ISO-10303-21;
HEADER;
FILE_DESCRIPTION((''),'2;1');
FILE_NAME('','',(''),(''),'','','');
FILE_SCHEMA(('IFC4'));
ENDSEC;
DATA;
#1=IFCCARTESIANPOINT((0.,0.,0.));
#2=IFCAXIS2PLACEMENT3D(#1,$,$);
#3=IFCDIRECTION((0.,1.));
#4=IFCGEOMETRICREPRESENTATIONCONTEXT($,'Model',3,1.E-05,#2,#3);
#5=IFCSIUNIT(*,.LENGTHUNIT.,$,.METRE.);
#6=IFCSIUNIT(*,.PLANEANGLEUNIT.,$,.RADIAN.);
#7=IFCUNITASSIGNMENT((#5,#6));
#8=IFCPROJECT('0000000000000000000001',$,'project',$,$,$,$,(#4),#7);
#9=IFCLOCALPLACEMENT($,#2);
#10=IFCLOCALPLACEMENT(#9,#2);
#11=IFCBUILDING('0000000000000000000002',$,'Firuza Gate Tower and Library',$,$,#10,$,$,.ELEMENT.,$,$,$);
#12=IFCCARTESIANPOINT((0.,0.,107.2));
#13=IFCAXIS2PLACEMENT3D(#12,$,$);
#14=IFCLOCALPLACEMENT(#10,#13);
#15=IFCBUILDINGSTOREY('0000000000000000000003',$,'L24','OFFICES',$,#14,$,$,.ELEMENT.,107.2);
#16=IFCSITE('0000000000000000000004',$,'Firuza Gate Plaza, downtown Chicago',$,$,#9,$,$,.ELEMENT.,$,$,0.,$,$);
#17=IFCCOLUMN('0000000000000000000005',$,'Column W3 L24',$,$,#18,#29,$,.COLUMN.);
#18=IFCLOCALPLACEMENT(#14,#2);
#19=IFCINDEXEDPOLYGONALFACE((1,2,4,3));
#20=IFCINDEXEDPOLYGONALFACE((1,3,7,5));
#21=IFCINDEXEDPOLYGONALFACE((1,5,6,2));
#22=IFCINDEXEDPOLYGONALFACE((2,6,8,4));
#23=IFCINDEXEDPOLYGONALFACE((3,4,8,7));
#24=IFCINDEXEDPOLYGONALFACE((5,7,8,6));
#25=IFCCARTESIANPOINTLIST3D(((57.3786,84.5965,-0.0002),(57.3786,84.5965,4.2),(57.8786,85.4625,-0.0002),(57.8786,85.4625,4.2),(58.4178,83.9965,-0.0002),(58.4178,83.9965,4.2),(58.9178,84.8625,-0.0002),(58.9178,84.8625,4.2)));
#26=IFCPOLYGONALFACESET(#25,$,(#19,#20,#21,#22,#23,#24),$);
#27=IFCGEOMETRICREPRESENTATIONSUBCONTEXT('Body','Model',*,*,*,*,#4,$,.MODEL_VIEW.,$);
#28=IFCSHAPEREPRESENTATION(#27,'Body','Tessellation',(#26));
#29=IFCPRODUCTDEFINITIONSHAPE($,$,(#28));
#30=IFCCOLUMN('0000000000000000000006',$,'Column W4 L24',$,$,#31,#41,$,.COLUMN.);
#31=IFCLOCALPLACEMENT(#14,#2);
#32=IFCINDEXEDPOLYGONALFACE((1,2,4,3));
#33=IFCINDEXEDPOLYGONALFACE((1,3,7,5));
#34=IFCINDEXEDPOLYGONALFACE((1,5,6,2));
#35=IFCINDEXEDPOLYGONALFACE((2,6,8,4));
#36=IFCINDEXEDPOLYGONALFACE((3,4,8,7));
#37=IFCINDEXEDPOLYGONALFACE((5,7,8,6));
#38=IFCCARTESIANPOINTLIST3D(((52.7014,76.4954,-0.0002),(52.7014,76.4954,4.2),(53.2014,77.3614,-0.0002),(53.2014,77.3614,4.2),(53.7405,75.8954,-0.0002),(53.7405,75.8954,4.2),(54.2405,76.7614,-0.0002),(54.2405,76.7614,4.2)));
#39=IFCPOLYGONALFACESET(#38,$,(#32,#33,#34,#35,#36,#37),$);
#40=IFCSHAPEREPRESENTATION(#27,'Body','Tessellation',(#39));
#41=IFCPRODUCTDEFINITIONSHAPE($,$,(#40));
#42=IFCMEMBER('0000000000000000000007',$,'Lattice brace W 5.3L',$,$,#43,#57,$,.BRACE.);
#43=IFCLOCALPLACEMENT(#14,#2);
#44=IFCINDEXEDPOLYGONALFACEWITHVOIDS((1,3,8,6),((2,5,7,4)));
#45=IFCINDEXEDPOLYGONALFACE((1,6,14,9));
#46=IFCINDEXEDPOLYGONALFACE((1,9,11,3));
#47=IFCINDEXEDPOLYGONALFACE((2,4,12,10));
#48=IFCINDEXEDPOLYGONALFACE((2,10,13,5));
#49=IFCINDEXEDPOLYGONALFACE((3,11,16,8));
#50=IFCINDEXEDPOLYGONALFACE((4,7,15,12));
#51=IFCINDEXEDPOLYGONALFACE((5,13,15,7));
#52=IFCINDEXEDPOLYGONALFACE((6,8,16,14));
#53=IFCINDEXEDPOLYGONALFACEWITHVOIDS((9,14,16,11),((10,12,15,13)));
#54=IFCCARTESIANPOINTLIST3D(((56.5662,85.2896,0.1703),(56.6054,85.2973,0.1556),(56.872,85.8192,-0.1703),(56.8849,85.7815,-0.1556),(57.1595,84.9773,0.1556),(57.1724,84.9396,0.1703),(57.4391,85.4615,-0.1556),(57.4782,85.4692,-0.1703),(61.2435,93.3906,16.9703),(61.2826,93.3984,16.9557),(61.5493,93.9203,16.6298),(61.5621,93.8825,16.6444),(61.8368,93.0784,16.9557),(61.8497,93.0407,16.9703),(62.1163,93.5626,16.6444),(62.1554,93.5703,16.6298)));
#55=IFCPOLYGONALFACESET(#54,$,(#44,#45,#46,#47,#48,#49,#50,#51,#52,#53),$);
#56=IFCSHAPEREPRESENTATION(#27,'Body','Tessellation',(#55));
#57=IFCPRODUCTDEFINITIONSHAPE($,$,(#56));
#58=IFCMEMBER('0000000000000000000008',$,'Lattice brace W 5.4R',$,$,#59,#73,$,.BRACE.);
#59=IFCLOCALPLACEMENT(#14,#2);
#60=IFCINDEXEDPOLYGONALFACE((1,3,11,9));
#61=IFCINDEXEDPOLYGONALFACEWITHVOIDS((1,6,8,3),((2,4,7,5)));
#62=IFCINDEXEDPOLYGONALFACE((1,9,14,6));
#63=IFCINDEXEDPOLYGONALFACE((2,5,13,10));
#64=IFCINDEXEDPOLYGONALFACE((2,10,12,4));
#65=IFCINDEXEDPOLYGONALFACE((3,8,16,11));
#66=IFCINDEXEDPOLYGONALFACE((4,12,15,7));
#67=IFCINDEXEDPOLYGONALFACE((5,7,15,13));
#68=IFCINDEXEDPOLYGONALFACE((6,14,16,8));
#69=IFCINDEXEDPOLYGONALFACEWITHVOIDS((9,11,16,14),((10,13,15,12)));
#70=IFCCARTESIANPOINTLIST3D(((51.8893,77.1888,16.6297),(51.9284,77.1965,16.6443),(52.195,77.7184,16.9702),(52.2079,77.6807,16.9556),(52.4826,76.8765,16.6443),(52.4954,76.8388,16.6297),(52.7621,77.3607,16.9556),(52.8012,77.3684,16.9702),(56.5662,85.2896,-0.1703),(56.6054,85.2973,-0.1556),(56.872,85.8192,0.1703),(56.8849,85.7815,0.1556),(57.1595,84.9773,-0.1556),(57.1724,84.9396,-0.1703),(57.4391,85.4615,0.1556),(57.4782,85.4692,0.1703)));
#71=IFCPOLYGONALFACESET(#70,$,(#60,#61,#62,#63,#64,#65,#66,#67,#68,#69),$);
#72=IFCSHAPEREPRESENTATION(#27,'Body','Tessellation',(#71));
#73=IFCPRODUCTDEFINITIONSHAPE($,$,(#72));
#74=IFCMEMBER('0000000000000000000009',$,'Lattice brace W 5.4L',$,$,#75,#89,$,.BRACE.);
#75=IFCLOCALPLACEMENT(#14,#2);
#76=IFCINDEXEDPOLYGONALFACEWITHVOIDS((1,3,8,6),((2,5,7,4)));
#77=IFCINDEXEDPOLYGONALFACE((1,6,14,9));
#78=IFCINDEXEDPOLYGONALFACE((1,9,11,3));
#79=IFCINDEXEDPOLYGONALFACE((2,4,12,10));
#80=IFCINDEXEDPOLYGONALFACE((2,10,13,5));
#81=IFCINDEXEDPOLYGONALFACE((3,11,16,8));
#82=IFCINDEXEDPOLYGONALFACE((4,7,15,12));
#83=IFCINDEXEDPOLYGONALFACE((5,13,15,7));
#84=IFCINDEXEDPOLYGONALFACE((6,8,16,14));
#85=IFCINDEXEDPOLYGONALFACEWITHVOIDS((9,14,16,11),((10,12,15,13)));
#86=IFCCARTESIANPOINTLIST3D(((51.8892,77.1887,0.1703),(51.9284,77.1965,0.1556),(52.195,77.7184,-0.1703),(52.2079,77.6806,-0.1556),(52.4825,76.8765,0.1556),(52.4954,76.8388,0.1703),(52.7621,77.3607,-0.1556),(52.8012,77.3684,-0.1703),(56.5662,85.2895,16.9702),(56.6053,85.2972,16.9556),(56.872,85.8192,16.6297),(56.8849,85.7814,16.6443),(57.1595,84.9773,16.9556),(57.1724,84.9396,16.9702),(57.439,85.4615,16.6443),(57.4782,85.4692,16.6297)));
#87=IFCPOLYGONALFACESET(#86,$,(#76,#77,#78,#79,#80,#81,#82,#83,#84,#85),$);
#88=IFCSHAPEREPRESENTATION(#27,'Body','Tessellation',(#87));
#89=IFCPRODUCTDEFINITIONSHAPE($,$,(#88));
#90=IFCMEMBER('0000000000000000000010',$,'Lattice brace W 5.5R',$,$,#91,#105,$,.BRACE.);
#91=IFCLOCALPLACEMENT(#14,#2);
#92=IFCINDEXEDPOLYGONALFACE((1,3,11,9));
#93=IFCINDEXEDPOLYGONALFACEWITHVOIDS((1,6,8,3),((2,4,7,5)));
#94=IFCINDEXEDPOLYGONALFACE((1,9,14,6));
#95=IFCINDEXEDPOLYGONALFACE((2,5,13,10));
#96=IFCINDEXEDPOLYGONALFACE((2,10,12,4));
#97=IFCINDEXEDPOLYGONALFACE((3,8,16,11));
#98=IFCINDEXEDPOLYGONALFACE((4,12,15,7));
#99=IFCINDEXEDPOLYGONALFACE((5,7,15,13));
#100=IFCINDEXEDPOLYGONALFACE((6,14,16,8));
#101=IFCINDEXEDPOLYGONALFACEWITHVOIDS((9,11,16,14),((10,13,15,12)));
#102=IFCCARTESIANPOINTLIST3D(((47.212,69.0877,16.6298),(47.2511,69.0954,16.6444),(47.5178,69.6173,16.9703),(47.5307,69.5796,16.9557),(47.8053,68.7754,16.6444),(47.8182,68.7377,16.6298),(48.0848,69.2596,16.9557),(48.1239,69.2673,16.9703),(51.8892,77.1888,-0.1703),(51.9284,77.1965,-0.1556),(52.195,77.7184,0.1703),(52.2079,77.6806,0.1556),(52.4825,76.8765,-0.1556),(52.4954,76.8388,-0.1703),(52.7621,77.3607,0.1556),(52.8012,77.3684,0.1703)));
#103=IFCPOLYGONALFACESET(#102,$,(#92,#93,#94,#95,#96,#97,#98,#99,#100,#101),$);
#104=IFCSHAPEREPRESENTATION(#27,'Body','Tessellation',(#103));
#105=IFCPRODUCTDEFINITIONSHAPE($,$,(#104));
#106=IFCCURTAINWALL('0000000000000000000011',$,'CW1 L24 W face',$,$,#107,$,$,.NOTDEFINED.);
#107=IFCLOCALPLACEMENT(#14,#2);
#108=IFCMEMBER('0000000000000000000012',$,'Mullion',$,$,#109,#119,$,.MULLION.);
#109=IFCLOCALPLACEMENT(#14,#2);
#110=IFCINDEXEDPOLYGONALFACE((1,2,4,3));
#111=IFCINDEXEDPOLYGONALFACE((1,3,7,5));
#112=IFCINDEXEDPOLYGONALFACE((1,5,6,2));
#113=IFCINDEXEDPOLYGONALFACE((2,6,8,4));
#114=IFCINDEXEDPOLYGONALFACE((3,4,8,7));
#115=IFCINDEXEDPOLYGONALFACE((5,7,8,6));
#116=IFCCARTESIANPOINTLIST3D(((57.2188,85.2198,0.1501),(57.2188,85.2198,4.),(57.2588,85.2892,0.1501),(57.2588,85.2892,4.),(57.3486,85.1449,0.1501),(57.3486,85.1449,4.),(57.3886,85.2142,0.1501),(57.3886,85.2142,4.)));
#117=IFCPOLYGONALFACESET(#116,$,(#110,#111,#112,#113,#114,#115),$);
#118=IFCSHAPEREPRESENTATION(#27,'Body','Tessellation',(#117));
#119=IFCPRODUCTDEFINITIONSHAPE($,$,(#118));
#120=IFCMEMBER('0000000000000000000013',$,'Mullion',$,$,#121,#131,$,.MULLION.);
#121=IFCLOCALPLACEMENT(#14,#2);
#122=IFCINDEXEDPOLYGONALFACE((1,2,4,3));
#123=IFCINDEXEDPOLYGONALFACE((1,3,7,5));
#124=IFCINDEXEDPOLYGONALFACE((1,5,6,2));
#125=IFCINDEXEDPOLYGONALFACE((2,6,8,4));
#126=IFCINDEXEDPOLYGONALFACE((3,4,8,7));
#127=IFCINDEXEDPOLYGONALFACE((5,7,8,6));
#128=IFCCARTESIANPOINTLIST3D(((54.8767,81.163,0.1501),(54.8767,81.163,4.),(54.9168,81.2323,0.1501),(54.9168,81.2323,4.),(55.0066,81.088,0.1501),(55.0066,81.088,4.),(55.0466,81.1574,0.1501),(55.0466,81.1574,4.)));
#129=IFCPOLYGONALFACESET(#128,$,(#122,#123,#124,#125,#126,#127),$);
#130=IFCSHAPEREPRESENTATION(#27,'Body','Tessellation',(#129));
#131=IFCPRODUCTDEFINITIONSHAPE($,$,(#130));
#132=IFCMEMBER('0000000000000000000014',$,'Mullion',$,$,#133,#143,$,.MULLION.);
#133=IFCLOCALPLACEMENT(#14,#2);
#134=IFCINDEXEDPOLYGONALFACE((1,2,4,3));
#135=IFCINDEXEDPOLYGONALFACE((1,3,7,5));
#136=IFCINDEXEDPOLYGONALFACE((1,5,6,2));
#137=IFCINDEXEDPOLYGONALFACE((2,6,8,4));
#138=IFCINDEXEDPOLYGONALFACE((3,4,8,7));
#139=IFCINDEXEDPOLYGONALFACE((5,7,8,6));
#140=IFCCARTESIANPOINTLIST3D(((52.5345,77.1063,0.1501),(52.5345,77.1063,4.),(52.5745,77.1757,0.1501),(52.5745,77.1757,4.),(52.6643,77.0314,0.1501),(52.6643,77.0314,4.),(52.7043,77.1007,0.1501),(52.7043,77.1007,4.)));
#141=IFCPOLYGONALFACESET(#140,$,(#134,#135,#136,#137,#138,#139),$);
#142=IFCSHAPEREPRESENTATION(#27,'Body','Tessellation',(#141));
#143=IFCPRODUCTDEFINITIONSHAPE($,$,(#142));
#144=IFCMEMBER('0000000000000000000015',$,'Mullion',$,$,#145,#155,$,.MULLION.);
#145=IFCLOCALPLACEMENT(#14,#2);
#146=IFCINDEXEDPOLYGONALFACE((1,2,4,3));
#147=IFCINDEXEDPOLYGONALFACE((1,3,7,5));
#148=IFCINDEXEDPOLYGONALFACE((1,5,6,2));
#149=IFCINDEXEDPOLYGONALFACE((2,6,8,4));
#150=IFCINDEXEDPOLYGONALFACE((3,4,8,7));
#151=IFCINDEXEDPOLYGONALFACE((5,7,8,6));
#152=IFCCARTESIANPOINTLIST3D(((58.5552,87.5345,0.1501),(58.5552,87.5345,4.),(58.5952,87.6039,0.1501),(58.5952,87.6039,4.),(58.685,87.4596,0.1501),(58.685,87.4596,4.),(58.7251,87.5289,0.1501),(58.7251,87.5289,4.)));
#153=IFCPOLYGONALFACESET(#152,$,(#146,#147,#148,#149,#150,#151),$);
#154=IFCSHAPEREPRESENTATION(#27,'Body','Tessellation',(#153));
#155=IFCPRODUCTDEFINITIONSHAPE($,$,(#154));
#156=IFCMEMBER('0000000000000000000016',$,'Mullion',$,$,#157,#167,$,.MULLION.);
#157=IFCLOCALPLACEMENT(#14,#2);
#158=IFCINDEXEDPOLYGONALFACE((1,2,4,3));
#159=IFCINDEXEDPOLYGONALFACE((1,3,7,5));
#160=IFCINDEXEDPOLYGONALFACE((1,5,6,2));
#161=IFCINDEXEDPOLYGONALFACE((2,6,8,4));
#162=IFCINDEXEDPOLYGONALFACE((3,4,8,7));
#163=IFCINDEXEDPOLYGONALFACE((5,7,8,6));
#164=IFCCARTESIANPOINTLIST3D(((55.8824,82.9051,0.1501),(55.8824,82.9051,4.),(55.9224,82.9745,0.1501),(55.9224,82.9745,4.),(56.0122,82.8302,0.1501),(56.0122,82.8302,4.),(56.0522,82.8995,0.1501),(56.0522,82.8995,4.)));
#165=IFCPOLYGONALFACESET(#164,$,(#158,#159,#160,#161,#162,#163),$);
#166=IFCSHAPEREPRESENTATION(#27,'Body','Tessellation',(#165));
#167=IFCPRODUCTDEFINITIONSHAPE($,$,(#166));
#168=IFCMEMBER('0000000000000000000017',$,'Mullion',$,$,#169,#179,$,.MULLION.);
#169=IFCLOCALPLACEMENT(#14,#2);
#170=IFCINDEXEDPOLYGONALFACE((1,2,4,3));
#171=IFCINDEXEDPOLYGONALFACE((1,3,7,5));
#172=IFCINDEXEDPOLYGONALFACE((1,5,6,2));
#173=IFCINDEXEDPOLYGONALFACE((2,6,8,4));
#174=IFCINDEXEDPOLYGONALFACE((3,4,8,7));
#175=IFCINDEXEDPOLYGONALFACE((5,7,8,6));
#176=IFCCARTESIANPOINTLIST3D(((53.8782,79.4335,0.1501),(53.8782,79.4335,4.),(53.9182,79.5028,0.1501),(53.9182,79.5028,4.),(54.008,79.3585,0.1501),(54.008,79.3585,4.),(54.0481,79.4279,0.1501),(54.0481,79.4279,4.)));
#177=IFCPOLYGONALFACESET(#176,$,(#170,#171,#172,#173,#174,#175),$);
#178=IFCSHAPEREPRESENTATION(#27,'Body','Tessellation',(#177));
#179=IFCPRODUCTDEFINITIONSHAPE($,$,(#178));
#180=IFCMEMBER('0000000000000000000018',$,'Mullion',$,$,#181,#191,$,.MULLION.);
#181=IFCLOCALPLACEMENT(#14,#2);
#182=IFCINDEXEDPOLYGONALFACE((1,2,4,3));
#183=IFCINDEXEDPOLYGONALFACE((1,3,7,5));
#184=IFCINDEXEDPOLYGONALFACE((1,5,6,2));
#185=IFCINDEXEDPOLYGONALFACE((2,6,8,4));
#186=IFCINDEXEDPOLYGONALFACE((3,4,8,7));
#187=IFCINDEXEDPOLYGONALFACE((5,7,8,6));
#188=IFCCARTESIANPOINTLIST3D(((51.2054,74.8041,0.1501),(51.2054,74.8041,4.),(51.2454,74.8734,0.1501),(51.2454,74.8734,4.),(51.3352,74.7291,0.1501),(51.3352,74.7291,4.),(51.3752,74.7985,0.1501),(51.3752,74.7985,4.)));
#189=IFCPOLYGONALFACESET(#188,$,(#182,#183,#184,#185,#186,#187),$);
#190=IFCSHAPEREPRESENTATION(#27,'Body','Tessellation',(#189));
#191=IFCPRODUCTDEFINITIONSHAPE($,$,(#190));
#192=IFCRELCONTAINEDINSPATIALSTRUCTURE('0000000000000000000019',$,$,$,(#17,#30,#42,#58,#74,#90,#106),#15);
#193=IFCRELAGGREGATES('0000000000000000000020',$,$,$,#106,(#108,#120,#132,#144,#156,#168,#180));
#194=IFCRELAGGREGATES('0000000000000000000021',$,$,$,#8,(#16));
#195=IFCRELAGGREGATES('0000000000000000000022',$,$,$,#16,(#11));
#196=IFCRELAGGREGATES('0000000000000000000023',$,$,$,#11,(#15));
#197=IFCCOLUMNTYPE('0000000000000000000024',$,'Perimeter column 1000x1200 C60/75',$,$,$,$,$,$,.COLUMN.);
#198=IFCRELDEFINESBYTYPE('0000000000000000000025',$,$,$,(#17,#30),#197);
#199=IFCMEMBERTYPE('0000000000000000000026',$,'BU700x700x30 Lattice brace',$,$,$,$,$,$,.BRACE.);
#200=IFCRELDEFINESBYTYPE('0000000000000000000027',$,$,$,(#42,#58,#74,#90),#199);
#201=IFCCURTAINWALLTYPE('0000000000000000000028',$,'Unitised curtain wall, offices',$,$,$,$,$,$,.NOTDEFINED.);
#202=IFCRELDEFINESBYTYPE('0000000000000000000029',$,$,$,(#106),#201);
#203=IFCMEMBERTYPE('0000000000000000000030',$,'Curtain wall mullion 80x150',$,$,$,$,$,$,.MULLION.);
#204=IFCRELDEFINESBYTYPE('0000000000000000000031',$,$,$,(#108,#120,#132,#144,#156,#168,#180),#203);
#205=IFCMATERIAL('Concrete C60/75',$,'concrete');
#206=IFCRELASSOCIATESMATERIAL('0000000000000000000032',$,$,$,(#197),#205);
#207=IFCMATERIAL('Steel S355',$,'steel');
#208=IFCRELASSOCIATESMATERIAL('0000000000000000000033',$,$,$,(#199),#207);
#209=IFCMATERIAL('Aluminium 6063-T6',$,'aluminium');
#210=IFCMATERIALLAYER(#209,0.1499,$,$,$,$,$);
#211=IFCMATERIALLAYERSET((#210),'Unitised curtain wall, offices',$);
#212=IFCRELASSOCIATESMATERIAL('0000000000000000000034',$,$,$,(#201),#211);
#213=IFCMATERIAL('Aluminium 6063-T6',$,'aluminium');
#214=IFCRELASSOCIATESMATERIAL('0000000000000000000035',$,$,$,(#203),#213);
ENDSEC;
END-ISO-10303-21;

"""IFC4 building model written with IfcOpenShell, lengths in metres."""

from ifc_helpers import new_model, si_unit, direction, frame, origin, origin_2d, place, context, subcontext, project, spatial, rectangle, hollow_rectangle, extrude, material, layer, layer_set, material_profile, profile_set, type_object, element, aggregate, save


model = new_model("IFC4")

# Units and contexts
model_context = context("Model", 3, precision=1e-05, world=origin(), true_north=direction((0.0, 1.0)))
body_context = subcontext(model_context, "Body", "Model", "MODEL_VIEW")
ifc_project = project(units=[si_unit("LENGTHUNIT", "METRE"), si_unit("PLANEANGLEUNIT", "RADIAN")], contexts=[model_context])

# Site, building, storey
site_placement = place(None, origin())
site = spatial("IfcSite", under=ifc_project, at=site_placement, Name="Firuza Gate Plaza, downtown Chicago", CompositionType="ELEMENT", RefElevation=0.0)
building_placement = place(site_placement, origin())
building = spatial("IfcBuilding", under=site, at=building_placement, Name="Firuza Gate Tower and Library", CompositionType="ELEMENT")
storey_placement = place(building_placement, frame((0.0, 0.0, 107.2)))
storey = spatial("IfcBuildingStorey", under=building, at=storey_placement, Name="L24", Description="OFFICES", CompositionType="ELEMENT", Elevation=107.2)

# Columns
ifc_material_1 = material(Name="Concrete C60/75", Category="concrete")
ifc_material_profile_1 = material_profile(ifc_material_1, rectangle(XDim=1.0, YDim=1.2, at=origin_2d()))
ifc_profile_set_1 = profile_set([ifc_material_profile_1], Name="Concrete C60/75")
column_type = type_object("IfcColumnType", Name="Perimeter column 1000x1200 C60/75", PredefinedType="COLUMN", material=ifc_profile_set_1)
for number, where, z_axis, x_axis, name in (
    (1, (58.1482, 84.7295, -0.0002), (0.0, 0.0, 1.0), (-0.5, -0.866025, 0.0), "Column W3 L24"),
    (2, (53.4709, 76.6284, -0.0002), (0.0, 0.0, 1.0), (-0.5, -0.866025, 0.0), "Column W4 L24"),
):
    element("IfcColumn", number, at=place(storey_placement, frame(where, z_axis=z_axis, x_axis=x_axis)), inside=storey, type_object=column_type, Name=name, PredefinedType="COLUMN", context=body_context, shape_type="SweptSolid", body=[
        extrude(rectangle(XDim=1.0, YDim=1.2, at=origin_2d()), origin(), (0.0, 0.0, 1.0), 4.2002),
    ])

# Members
ifc_material_2 = material(Name="Steel S355", Category="steel")
ifc_material_profile_2 = material_profile(ifc_material_2, hollow_rectangle(XDim=0.7, YDim=0.7, WallThickness=0.03, at=origin_2d()))
ifc_profile_set_2 = profile_set([ifc_material_profile_2], Name="Steel S355")
member_type_1 = type_object("IfcMemberType", Name="BU700x700x30 Lattice brace", PredefinedType="BRACE", material=ifc_profile_set_2)
member_1_placement = place(storey_placement, frame((57.0222, 85.3794, 0.0), z_axis=(0.243242, 0.4213, 0.873693), x_axis=(-0.866021, 0.500007, 0.0)))
element("IfcMember", 3, at=member_1_placement, inside=storey, type_object=member_type_1, Name="Lattice brace W 5.3L", PredefinedType="BRACE", context=body_context, shape_type="SweptSolid", body=[
    extrude(hollow_rectangle(XDim=0.7, YDim=0.7, WallThickness=0.03, at=origin_2d()), origin(), (0.0, 0.0, 1.0), 19.2288),
])
for number, where, z_axis, x_axis, name in (
    (4, (57.0222, 85.3794, 0.0), (-0.243231, -0.42129, 0.873701), (0.866026, -0.499999, 0.0), "Lattice brace W 5.4R"),
    (5, (52.3452, 77.2786, 0.0), (0.243231, 0.42129, 0.873701), (-0.866026, 0.499999, 0.0), "Lattice brace W 5.4L"),
):
    element("IfcMember", number, at=place(storey_placement, frame(where, z_axis=z_axis, x_axis=x_axis)), inside=storey, type_object=member_type_1, Name=name, PredefinedType="BRACE", context=body_context, shape_type="SweptSolid", body=[
        extrude(hollow_rectangle(XDim=0.7, YDim=0.7, WallThickness=0.03, at=origin_2d()), origin(), (0.0, 0.0, 1.0), 19.2285),
    ])
member_2_placement = place(storey_placement, frame((52.3452, 77.2786, 0.0), z_axis=(-0.243242, -0.4213, 0.873693), x_axis=(0.866021, -0.500007, 0.0)))
element("IfcMember", 6, at=member_2_placement, inside=storey, type_object=member_type_1, Name="Lattice brace W 5.5R", PredefinedType="BRACE", context=body_context, shape_type="SweptSolid", body=[
    extrude(hollow_rectangle(XDim=0.7, YDim=0.7, WallThickness=0.03, at=origin_2d()), origin(), (0.0, 0.0, 1.0), 19.2288),
])

# Curtain wall, members
ifc_material_3 = material(Name="Aluminium 6063-T6", Category="aluminium")
ifc_layer_1 = layer(ifc_material_3, 0.1499)
ifc_layer_set_1 = layer_set([ifc_layer_1], Name="Unitised curtain wall, offices")
curtain_wall_type = type_object("IfcCurtainWallType", Name="Unitised curtain wall, offices", PredefinedType="NOTDEFINED", material=ifc_layer_set_1)
curtain_wall_placement = place(storey_placement, origin())
curtain_wall = element("IfcCurtainWall", 7, at=curtain_wall_placement, inside=storey, type_object=curtain_wall_type, Name="CW1 L24 W face", PredefinedType="NOTDEFINED")
ifc_material_4 = material(Name="Aluminium 6063-T6", Category="aluminium")
ifc_material_profile_3 = material_profile(ifc_material_4, rectangle(XDim=0.1499, YDim=0.0801, at=origin_2d()))
ifc_profile_set_3 = profile_set([ifc_material_profile_3], Name="Aluminium 6063-T6")
member_type_2 = type_object("IfcMemberType", Name="Curtain wall mullion 80x150", PredefinedType="MULLION", material=ifc_profile_set_3)
member_3_placement = place(storey_placement, frame((57.3037, 85.217, 0.1501), z_axis=(0.0, 0.0, 1.0), x_axis=(0.866025, -0.5, 0.0)))
member_3 = element("IfcMember", 8, at=member_3_placement, type_object=member_type_2, Name="Mullion", PredefinedType="MULLION", context=body_context, shape_type="SweptSolid", body=[
    extrude(rectangle(XDim=0.1499, YDim=0.0801, at=origin_2d()), origin(), (0.0, 0.0, 1.0), 3.8499),
])
member_4_placement = place(storey_placement, frame((54.9617, 81.1602, 0.1501), z_axis=(0.0, 0.0, 1.0), x_axis=(0.866025, -0.5, 0.0)))
member_4 = element("IfcMember", 9, at=member_4_placement, type_object=member_type_2, Name="Mullion", PredefinedType="MULLION", context=body_context, shape_type="SweptSolid", body=[
    extrude(rectangle(XDim=0.1499, YDim=0.0801, at=origin_2d()), origin(), (0.0, 0.0, 1.0), 3.8499),
])
member_5_placement = place(storey_placement, frame((52.6194, 77.1035, 0.1501), z_axis=(0.0, 0.0, 1.0), x_axis=(0.866025, -0.5, 0.0)))
member_5 = element("IfcMember", 10, at=member_5_placement, type_object=member_type_2, Name="Mullion", PredefinedType="MULLION", context=body_context, shape_type="SweptSolid", body=[
    extrude(rectangle(XDim=0.1499, YDim=0.0801, at=origin_2d()), origin(), (0.0, 0.0, 1.0), 3.8499),
])
member_6_placement = place(storey_placement, frame((58.6401, 87.5317, 0.1501), z_axis=(0.0, 0.0, 1.0), x_axis=(0.866025, -0.5, 0.0)))
member_6 = element("IfcMember", 11, at=member_6_placement, type_object=member_type_2, Name="Mullion", PredefinedType="MULLION", context=body_context, shape_type="SweptSolid", body=[
    extrude(rectangle(XDim=0.1499, YDim=0.0801, at=origin_2d()), origin(), (0.0, 0.0, 1.0), 3.8499),
])
member_7_placement = place(storey_placement, frame((55.9673, 82.9023, 0.1501), z_axis=(0.0, 0.0, 1.0), x_axis=(0.866025, -0.5, 0.0)))
member_7 = element("IfcMember", 12, at=member_7_placement, type_object=member_type_2, Name="Mullion", PredefinedType="MULLION", context=body_context, shape_type="SweptSolid", body=[
    extrude(rectangle(XDim=0.1499, YDim=0.0801, at=origin_2d()), origin(), (0.0, 0.0, 1.0), 3.8499),
])
member_8_placement = place(storey_placement, frame((53.9631, 79.4307, 0.1501), z_axis=(0.0, 0.0, 1.0), x_axis=(0.866025, -0.5, 0.0)))
member_8 = element("IfcMember", 13, at=member_8_placement, type_object=member_type_2, Name="Mullion", PredefinedType="MULLION", context=body_context, shape_type="SweptSolid", body=[
    extrude(rectangle(XDim=0.1499, YDim=0.0801, at=origin_2d()), origin(), (0.0, 0.0, 1.0), 3.8499),
])
member_9_placement = place(storey_placement, frame((51.2903, 74.8013, 0.1501), z_axis=(0.0, 0.0, 1.0), x_axis=(0.866025, -0.5, 0.0)))
member_9 = element("IfcMember", 14, at=member_9_placement, type_object=member_type_2, Name="Mullion", PredefinedType="MULLION", context=body_context, shape_type="SweptSolid", body=[
    extrude(rectangle(XDim=0.1499, YDim=0.0801, at=origin_2d()), origin(), (0.0, 0.0, 1.0), 3.8499),
])

aggregate(curtain_wall, [member_3, member_4, member_5, member_6, member_7, member_8, member_9])

save(model, "model.ifc")
